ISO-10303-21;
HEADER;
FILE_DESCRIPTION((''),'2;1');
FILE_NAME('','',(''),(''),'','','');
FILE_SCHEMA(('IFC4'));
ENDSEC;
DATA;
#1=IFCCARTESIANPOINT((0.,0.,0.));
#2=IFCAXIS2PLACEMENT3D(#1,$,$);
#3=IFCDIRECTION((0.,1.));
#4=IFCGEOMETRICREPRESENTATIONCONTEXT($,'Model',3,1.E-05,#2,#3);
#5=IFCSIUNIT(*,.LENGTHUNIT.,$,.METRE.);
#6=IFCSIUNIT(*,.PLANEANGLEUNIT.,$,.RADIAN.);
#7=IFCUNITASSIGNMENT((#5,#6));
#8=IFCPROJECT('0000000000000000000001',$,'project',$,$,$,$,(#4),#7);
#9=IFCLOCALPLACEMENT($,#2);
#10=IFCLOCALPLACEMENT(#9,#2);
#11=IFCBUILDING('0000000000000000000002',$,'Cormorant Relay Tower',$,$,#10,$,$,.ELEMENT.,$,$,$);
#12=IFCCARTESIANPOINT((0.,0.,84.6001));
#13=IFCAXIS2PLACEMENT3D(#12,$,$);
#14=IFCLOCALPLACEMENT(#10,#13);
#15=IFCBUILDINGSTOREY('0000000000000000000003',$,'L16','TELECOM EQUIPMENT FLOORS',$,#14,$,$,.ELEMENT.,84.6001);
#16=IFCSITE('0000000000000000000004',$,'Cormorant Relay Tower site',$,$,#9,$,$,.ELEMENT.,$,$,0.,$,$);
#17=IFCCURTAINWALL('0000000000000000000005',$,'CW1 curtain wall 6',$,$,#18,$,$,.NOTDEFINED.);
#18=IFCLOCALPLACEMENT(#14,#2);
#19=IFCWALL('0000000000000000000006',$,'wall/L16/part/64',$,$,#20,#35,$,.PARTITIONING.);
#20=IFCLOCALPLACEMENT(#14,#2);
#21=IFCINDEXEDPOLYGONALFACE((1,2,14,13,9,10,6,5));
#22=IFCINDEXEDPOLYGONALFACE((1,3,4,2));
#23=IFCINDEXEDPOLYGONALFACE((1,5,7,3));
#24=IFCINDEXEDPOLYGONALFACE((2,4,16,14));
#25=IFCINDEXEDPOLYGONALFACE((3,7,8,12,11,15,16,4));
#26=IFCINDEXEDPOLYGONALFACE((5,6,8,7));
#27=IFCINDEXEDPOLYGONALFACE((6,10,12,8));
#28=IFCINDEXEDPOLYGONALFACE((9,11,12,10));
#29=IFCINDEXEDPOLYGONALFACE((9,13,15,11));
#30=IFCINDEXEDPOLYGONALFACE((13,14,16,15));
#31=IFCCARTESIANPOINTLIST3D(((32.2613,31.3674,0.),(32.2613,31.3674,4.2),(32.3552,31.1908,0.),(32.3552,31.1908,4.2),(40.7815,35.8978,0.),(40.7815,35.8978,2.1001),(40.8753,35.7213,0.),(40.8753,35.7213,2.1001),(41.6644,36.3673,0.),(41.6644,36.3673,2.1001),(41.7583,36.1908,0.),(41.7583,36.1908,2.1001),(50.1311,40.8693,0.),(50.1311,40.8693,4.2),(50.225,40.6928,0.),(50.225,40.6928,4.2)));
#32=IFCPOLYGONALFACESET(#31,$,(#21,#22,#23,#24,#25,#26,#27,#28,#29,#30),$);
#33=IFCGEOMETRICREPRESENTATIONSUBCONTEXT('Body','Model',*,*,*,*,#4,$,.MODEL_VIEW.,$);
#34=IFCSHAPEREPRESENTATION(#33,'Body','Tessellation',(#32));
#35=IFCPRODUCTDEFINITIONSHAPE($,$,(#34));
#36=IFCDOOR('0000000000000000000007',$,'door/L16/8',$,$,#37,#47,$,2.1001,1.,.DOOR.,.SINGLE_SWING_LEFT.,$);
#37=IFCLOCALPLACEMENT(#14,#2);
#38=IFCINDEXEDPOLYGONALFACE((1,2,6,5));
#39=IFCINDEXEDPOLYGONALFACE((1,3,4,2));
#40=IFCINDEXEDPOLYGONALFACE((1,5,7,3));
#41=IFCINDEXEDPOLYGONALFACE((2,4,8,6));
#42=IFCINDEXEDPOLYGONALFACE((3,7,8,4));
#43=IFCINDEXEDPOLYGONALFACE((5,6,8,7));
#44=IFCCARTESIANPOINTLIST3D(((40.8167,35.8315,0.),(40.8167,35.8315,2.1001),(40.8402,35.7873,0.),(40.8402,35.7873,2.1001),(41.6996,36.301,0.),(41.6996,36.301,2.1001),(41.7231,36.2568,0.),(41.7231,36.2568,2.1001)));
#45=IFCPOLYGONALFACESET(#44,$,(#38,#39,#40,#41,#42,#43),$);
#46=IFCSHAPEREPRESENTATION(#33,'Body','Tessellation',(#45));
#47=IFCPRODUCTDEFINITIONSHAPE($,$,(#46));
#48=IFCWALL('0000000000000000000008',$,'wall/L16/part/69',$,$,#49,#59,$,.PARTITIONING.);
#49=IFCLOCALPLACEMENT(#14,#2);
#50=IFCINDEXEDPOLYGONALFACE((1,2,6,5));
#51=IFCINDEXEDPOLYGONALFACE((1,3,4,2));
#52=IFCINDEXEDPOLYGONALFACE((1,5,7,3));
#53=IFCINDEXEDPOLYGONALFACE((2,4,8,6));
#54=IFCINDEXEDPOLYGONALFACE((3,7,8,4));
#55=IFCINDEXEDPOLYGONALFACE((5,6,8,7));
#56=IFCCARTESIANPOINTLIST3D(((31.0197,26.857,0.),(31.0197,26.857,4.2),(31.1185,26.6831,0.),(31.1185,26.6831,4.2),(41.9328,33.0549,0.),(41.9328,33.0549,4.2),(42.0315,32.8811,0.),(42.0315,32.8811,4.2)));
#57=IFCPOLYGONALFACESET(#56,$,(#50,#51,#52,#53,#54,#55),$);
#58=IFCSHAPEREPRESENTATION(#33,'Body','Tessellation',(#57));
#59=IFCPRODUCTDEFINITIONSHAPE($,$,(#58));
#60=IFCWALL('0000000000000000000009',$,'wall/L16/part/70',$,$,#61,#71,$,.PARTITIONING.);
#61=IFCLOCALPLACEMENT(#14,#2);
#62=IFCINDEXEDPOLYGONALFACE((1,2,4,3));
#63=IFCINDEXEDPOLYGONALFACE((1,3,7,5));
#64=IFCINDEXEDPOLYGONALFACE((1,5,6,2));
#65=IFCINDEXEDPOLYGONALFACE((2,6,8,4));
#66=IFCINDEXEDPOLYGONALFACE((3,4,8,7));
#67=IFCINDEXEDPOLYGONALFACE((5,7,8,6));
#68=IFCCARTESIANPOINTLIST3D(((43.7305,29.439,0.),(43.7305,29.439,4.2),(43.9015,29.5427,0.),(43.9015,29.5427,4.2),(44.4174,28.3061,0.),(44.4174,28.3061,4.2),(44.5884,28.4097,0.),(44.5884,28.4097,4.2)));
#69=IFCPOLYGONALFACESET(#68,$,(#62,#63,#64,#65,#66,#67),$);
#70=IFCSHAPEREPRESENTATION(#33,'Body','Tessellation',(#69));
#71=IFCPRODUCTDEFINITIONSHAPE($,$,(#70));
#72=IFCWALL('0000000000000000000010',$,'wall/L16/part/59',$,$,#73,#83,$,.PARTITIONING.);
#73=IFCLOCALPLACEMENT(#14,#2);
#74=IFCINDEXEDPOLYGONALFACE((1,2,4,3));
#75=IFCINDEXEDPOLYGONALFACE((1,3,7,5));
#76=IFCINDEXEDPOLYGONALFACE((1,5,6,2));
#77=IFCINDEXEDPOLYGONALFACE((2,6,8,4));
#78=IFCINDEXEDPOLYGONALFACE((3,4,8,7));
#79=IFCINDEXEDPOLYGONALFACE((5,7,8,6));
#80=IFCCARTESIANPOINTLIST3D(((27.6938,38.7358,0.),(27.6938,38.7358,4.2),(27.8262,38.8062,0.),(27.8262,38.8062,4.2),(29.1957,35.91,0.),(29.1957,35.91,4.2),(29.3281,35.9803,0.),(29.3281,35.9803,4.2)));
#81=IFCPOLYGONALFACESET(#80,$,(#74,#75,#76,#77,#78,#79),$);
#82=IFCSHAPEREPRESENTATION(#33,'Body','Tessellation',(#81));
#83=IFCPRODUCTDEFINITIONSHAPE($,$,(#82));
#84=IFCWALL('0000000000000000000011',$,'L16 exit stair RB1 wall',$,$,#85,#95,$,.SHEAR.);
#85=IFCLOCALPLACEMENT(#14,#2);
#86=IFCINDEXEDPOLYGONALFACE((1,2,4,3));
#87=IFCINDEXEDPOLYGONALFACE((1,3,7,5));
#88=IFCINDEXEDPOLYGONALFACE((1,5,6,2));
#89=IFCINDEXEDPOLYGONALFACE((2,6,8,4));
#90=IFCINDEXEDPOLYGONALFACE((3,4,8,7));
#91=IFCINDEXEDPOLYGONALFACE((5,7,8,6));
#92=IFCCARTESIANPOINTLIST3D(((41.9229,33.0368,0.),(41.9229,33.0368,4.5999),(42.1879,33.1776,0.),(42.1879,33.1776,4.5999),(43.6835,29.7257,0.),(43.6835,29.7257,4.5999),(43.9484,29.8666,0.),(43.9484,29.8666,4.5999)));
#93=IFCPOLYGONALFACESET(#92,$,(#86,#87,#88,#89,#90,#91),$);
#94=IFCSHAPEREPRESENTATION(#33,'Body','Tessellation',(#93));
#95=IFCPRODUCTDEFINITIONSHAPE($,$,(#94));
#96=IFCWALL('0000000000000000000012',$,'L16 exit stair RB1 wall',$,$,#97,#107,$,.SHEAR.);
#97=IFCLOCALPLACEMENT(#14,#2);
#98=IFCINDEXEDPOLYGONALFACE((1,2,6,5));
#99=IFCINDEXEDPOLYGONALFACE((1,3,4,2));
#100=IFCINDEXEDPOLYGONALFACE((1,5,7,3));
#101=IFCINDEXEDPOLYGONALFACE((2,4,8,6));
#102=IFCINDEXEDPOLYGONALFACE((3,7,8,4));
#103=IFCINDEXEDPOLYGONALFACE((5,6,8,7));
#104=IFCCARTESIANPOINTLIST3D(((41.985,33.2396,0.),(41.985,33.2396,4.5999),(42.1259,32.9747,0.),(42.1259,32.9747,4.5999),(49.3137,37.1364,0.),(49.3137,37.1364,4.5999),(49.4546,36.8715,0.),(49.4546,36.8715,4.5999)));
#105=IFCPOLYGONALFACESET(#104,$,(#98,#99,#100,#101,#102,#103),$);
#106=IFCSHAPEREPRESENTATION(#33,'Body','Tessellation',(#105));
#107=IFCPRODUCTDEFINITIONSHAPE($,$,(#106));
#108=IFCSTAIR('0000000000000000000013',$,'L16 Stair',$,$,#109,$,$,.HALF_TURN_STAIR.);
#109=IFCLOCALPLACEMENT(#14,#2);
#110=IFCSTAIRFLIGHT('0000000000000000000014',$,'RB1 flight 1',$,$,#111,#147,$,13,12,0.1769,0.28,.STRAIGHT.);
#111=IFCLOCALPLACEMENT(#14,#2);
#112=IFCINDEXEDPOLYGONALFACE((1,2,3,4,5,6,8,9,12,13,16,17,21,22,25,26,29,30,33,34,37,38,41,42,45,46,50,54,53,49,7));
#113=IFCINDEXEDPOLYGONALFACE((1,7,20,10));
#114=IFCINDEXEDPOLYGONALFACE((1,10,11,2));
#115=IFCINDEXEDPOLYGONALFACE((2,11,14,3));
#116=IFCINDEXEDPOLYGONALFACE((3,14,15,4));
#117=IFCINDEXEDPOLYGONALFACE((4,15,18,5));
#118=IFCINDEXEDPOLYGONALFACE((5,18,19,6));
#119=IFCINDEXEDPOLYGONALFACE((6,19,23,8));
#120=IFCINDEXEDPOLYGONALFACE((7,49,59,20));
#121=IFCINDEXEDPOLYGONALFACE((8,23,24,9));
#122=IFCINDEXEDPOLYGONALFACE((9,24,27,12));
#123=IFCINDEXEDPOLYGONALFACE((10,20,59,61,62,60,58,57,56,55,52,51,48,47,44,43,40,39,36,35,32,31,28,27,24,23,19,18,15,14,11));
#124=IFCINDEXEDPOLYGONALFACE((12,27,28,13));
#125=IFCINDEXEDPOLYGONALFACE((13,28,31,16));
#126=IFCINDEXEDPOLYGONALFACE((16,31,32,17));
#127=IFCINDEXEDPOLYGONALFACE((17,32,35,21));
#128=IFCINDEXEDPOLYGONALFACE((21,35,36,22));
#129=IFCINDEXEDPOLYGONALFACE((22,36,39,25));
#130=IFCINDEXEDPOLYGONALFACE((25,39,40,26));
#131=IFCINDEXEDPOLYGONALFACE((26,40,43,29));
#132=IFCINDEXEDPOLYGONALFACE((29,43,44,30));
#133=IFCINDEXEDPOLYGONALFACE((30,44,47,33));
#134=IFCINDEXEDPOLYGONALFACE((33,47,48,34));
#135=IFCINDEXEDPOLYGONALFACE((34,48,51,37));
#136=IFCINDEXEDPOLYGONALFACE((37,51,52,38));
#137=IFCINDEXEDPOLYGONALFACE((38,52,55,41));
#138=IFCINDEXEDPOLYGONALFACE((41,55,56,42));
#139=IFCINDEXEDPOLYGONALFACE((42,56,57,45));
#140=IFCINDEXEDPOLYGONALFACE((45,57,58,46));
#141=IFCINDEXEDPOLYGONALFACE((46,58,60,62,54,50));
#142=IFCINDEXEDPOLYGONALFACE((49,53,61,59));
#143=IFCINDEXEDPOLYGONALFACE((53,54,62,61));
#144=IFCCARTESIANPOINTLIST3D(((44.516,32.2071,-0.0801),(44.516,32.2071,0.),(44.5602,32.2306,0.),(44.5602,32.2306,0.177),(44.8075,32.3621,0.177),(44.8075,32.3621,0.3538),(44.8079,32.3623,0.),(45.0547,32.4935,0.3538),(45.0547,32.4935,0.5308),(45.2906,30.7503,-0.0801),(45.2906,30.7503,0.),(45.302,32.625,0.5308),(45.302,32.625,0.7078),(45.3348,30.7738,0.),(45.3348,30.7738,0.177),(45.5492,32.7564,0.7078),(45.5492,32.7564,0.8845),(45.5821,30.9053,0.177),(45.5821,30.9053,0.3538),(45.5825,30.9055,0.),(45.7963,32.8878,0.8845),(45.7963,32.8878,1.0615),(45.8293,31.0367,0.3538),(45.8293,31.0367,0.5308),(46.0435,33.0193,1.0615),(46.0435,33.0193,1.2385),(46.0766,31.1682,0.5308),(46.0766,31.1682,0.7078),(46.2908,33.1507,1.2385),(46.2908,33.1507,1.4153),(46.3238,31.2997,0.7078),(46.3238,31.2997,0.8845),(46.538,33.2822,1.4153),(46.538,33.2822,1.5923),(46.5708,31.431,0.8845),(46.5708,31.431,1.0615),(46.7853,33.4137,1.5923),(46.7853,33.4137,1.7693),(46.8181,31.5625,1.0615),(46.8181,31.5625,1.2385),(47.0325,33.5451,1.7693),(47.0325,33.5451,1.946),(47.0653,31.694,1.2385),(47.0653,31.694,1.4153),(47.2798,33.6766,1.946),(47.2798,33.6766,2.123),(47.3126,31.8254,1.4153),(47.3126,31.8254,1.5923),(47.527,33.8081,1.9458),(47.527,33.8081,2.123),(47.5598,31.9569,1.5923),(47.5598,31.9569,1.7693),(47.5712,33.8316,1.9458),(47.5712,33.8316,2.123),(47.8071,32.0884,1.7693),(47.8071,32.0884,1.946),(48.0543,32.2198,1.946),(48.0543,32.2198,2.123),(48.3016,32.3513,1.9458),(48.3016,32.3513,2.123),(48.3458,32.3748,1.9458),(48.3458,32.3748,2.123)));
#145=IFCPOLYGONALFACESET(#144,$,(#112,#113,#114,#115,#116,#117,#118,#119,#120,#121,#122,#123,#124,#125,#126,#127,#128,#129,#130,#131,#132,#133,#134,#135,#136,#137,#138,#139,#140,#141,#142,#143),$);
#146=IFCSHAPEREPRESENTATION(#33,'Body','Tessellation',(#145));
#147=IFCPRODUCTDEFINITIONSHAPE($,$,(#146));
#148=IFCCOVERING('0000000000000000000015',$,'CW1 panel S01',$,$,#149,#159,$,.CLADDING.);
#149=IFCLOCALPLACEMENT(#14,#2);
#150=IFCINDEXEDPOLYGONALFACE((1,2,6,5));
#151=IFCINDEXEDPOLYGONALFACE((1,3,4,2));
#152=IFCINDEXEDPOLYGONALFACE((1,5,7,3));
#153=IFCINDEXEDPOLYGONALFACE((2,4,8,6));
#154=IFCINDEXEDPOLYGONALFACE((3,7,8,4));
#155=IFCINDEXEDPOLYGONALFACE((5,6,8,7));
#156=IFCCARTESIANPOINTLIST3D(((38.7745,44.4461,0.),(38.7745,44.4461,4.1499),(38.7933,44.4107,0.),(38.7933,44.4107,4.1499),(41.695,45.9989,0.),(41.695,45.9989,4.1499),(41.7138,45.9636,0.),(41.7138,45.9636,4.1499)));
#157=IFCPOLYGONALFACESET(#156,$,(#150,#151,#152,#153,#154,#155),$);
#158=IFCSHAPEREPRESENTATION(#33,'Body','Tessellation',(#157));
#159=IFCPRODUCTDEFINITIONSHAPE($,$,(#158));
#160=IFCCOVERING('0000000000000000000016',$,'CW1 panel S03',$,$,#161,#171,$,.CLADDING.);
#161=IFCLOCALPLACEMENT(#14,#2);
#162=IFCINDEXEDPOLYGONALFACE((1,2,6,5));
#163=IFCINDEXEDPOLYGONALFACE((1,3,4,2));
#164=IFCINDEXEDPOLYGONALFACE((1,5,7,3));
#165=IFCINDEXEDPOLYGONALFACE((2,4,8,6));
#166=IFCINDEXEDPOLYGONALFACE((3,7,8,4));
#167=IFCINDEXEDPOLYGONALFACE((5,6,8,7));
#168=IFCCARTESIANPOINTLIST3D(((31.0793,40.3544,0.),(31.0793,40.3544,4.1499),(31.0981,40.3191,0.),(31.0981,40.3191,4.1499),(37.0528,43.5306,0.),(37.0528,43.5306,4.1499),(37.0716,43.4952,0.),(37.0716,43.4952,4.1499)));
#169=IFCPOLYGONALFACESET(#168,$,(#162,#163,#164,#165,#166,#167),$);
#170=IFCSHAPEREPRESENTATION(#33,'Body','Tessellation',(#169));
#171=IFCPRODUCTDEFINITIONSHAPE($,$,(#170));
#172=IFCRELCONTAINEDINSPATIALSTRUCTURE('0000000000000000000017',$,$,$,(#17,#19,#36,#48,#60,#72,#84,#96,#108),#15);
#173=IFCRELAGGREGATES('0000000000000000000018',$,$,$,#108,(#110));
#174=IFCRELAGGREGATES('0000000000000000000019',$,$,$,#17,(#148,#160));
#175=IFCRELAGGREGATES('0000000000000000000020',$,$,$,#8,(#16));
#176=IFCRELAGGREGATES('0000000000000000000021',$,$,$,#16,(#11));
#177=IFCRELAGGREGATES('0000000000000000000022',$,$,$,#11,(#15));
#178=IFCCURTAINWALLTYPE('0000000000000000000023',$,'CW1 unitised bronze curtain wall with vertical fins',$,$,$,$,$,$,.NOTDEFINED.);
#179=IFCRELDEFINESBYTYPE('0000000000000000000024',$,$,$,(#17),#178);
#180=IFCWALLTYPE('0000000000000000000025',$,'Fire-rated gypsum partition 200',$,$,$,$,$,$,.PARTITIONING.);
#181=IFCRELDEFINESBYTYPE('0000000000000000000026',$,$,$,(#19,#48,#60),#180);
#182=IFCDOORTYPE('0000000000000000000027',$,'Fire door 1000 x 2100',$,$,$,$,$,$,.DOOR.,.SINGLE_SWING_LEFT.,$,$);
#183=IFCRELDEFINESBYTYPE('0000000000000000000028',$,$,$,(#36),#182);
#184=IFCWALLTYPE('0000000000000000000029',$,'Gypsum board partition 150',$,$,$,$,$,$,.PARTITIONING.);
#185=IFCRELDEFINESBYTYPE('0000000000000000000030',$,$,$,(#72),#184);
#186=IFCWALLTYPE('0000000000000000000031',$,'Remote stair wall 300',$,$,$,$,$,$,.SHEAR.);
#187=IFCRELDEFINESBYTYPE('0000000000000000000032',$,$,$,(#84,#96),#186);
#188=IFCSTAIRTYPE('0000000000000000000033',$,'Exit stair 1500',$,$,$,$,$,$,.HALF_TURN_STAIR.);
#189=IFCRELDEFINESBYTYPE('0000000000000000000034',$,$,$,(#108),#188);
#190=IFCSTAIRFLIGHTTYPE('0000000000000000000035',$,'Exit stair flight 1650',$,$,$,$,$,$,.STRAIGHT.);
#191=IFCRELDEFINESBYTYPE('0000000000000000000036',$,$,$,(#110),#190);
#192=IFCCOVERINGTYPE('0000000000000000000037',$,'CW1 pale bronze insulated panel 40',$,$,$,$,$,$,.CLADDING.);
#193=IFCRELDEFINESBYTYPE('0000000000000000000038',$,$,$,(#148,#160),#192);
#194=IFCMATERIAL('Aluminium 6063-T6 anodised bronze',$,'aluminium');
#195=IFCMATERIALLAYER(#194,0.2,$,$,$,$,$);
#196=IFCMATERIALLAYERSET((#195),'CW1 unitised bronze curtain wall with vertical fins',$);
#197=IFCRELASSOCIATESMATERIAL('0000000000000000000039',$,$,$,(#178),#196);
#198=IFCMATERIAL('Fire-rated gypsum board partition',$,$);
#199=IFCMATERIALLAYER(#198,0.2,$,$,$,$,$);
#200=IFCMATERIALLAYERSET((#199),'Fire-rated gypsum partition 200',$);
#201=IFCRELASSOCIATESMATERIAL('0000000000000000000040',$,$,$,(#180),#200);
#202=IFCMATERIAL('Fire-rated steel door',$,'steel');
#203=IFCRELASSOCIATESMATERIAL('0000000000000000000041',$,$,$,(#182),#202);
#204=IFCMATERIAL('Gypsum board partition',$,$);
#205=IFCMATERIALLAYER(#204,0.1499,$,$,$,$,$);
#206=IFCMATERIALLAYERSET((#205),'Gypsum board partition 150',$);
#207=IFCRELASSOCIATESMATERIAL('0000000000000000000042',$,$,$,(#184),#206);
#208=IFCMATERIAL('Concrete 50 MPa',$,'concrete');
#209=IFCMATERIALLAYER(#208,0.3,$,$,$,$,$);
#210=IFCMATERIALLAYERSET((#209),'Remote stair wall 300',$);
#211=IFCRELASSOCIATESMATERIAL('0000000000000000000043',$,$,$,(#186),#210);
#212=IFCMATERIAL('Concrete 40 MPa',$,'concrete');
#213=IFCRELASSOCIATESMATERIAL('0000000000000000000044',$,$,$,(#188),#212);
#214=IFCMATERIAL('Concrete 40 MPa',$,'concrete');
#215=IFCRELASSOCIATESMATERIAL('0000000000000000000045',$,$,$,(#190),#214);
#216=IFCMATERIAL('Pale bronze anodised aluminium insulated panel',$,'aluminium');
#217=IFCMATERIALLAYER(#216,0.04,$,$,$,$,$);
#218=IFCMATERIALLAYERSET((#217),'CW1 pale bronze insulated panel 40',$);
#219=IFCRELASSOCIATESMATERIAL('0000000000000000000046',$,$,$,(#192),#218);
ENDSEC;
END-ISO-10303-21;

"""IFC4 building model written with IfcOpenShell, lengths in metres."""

from ifc_helpers import new_model, si_unit, direction, frame, frame_2d, origin, origin_2d, place, context, subcontext, project, spatial, polyline, rectangle, outline, extrude, material, layer, layer_set, type_object, element, fill, aggregate, save


model = new_model("IFC4")

# Units and contexts
model_context = context("Model", 3, precision=1e-05, world=origin(), true_north=direction((0.0, 1.0)))
body_context = subcontext(model_context, "Body", "Model", "MODEL_VIEW")
ifc_project = project(units=[si_unit("LENGTHUNIT", "METRE"), si_unit("PLANEANGLEUNIT", "RADIAN")], contexts=[model_context])

# Site, building, storey
site_placement = place(None, origin())
site = spatial("IfcSite", under=ifc_project, at=site_placement, Name="Cormorant Relay Tower site", CompositionType="ELEMENT", RefElevation=0.0)
building_placement = place(site_placement, origin())
building = spatial("IfcBuilding", under=site, at=building_placement, Name="Cormorant Relay Tower", CompositionType="ELEMENT")
storey_placement = place(building_placement, frame((0.0, 0.0, 84.6001)))
storey = spatial("IfcBuildingStorey", under=building, at=storey_placement, Name="L16", Description="TELECOM EQUIPMENT FLOORS", CompositionType="ELEMENT", Elevation=84.6001)

# Curtain wall
ifc_material_1 = material(Name="Aluminium 6063-T6 anodised bronze", Category="aluminium")
ifc_layer_1 = layer(ifc_material_1, 0.2)
ifc_layer_set_1 = layer_set([ifc_layer_1], Name="CW1 unitised bronze curtain wall with vertical fins")
curtain_wall_type = type_object("IfcCurtainWallType", Name="CW1 unitised bronze curtain wall with vertical fins", PredefinedType="NOTDEFINED", material=ifc_layer_set_1)
curtain_wall_placement = place(storey_placement, origin())
curtain_wall = element("IfcCurtainWall", 1, at=curtain_wall_placement, inside=storey, type_object=curtain_wall_type, Name="CW1 curtain wall 6", PredefinedType="NOTDEFINED")

# Shared definitions
ifc_material_2 = material(Name="Fire-rated gypsum board partition")
ifc_layer_2 = layer(ifc_material_2, 0.2)
ifc_layer_set_2 = layer_set([ifc_layer_2], Name="Fire-rated gypsum partition 200")
wall_type_1 = type_object("IfcWallType", Name="Fire-rated gypsum partition 200", PredefinedType="PARTITIONING", material=ifc_layer_set_2)

# Wall, opening, door
wall_1_placement = place(storey_placement, frame((32.3081, 31.2791, 0.0), z_axis=(0.0, 0.0, 1.0), x_axis=(0.88294, 0.469486, 0.0)))
wall_1 = element("IfcWall", 2, at=wall_1_placement, inside=storey, type_object=wall_type_1, Name="wall/L16/part/64", PredefinedType="PARTITIONING", context=body_context, shape_type="SweptSolid", body=[
    extrude(rectangle(XDim=20.239, YDim=0.2, at=frame_2d((10.1196, 0.0))), origin(), (0.0, 0.0, 1.0), 4.2),
])
opening_placement = place(wall_1_placement, frame((9.6499, 0.0, 0.0)))
opening = element("IfcOpeningElement", 3, at=opening_placement, cuts=wall_1, PredefinedType="OPENING", context=body_context, shape_type="SweptSolid", body=[
    extrude(rectangle(XDim=1.0, YDim=2.1001, at=frame_2d((0.5, 1.05))), frame((0.0, 0.1099, 0.0), z_axis=(0.0, -1.0, 0.0), x_axis=(1.0, 0.0, 0.0)), (0.0, 0.0, 1.0), 0.22),
])
ifc_material_3 = material(Name="Fire-rated steel door", Category="steel")
door_type = type_object("IfcDoorType", Name="Fire door 1000 x 2100", OperationType="SINGLE_SWING_LEFT", PredefinedType="DOOR", material=ifc_material_3)
door_placement = place(opening_placement, origin())
door = element("IfcDoor", 4, at=door_placement, inside=storey, type_object=door_type, Name="door/L16/8", OperationType="SINGLE_SWING_LEFT", OverallHeight=2.1001, OverallWidth=1.0, PredefinedType="DOOR", context=body_context, shape_type="SweptSolid", body=[
    extrude(rectangle(XDim=1.0, YDim=2.1001, at=frame_2d((0.5, 1.05))), frame((0.0, 0.0249, 0.0), z_axis=(0.0, -1.0, 0.0), x_axis=(1.0, 0.0, 0.0)), (0.0, 0.0, 1.0), 0.05),
])
fill(opening, door)

# Walls
wall_2_placement = place(storey_placement, frame((31.0691, 26.77, 0.0), z_axis=(0.0, 0.0, 1.0), x_axis=(0.869546, 0.493852, 0.0)))
element("IfcWall", 5, at=wall_2_placement, inside=storey, type_object=wall_type_1, Name="wall/L16/part/69", PredefinedType="PARTITIONING", context=body_context, shape_type="SweptSolid", body=[
    extrude(rectangle(XDim=12.5503, YDim=0.2, at=frame_2d((6.2751, 0.0))), origin(), (0.0, 0.0, 1.0), 4.2),
])
wall_3_placement = place(storey_placement, frame((43.8159, 29.491, 0.0), z_axis=(0.0, 0.0, 1.0), x_axis=(0.518473, -0.855094, 0.0)))
element("IfcWall", 6, at=wall_3_placement, inside=storey, type_object=wall_type_1, Name="wall/L16/part/70", PredefinedType="PARTITIONING", context=body_context, shape_type="SweptSolid", body=[
    extrude(rectangle(XDim=1.325, YDim=0.2, at=frame_2d((0.6626, 0.0))), origin(), (0.0, 0.0, 1.0), 4.2),
])
ifc_material_4 = material(Name="Gypsum board partition")
ifc_layer_3 = layer(ifc_material_4, 0.1499)
ifc_layer_set_3 = layer_set([ifc_layer_3], Name="Gypsum board partition 150")
wall_type_2 = type_object("IfcWallType", Name="Gypsum board partition 150", PredefinedType="PARTITIONING", material=ifc_layer_set_3)
wall_4_placement = place(storey_placement, frame((27.76, 38.771, 0.0), z_axis=(0.0, 0.0, 1.0), x_axis=(0.469321, -0.883028, 0.0)))
element("IfcWall", 7, at=wall_4_placement, inside=storey, type_object=wall_type_2, Name="wall/L16/part/59", PredefinedType="PARTITIONING", context=body_context, shape_type="SweptSolid", body=[
    extrude(rectangle(XDim=3.2002, YDim=0.1499, at=frame_2d((1.6001, 0.0))), origin(), (0.0, 0.0, 1.0), 4.2),
])
ifc_material_5 = material(Name="Concrete 50 MPa", Category="concrete")
ifc_layer_4 = layer(ifc_material_5, 0.3)
ifc_layer_set_4 = layer_set([ifc_layer_4], Name="Remote stair wall 300")
wall_type_3 = type_object("IfcWallType", Name="Remote stair wall 300", PredefinedType="SHEAR", material=ifc_layer_set_4)
wall_5_placement = place(storey_placement, frame((43.8159, 29.7961, 0.0), z_axis=(0.0, 0.0, 1.0), x_axis=(-0.469469, 0.882949, 0.0)))
element("IfcWall", 8, at=wall_5_placement, inside=storey, type_object=wall_type_3, Name="L16 exit stair RB1 wall", PredefinedType="SHEAR", context=body_context, shape_type="SweptSolid", body=[
    extrude(rectangle(XDim=3.75, YDim=0.3, at=frame_2d((1.875, 0.0))), origin(), (0.0, 0.0, 1.0), 4.5999),
])
wall_6_placement = place(storey_placement, frame((42.0554, 33.1072, 0.0), z_axis=(0.0, 0.0, 1.0), x_axis=(0.882946, 0.469475, 0.0)))
element("IfcWall", 9, at=wall_6_placement, inside=storey, type_object=wall_type_3, Name="L16 exit stair RB1 wall", PredefinedType="SHEAR", context=body_context, shape_type="SweptSolid", body=[
    extrude(rectangle(XDim=8.3003, YDim=0.3, at=frame_2d((4.1501, 0.0))), origin(), (0.0, 0.0, 1.0), 4.5999),
])

# Stair, stair flight
ifc_material_6 = material(Name="Concrete 40 MPa", Category="concrete")
stair_type = type_object("IfcStairType", Name="Exit stair 1500", PredefinedType="HALF_TURN_STAIR", material=ifc_material_6)
stair_placement = place(storey_placement, origin())
stair = element("IfcStair", 10, at=stair_placement, inside=storey, type_object=stair_type, Name="L16 Stair", PredefinedType="HALF_TURN_STAIR")
ifc_material_7 = material(Name="Concrete 40 MPa", Category="concrete")
stair_flight_type = type_object("IfcStairFlightType", Name="Exit stair flight 1650", PredefinedType="STRAIGHT", material=ifc_material_7)
stair_flight_placement = place(storey_placement, frame((44.9475, 31.5022, 0.0), z_axis=(0.0, 0.0, 1.0), x_axis=(0.882948, 0.469472, 0.0)))
stair_flight = element("IfcStairFlight", 11, at=stair_flight_placement, type_object=stair_flight_type, Name="RB1 flight 1", NumberOfRisers=13, NumberOfTreads=12, PredefinedType="STRAIGHT", RiserHeight=0.1769, TreadLength=0.28, context=body_context, shape_type="SweptSolid", body=[
    extrude(outline(polyline([(-0.05, -0.0801), (-0.05, 0.0), (0.0, 0.0), (0.0, 0.177), (0.28, 0.177), (0.28, 0.3538), (0.5601, 0.3538), (0.5601, 0.5308), (0.8401, 0.5308), (0.8401, 0.7078), (1.1201, 0.7078), (1.1201, 0.8845), (1.3999, 0.8845), (1.3999, 1.0615), (1.6799, 1.0615), (1.6799, 1.2385), (1.96, 1.2385), (1.96, 1.4153), (2.24, 1.4153), (2.24, 1.5923), (2.52, 1.5923), (2.52, 1.7693), (2.8, 1.7693), (2.8, 1.946), (3.0801, 1.946), (3.0801, 2.123), (3.3601, 2.123), (3.4102, 2.123), (3.4102, 1.9458), (3.3601, 1.9458), (0.2805, 0.0), (-0.05, -0.0801)])), frame((0.0, 0.825, 0.0), z_axis=(0.0, -1.0, 0.0), x_axis=(1.0, 0.0, 0.0)), (0.0, 0.0, 1.0), 1.6499),
])
aggregate(stair, [stair_flight])

# Coverings
ifc_material_8 = material(Name="Pale bronze anodised aluminium insulated panel", Category="aluminium")
ifc_layer_5 = layer(ifc_material_8, 0.04)
ifc_layer_set_5 = layer_set([ifc_layer_5], Name="CW1 pale bronze insulated panel 40")
covering_type = type_object("IfcCoveringType", Name="CW1 pale bronze insulated panel 40", PredefinedType="CLADDING", material=ifc_layer_set_5)
covering_1_placement = place(storey_placement, frame((40.2441, 45.2048, 0.0), z_axis=(0.0, 0.0, 1.0), x_axis=(-0.882948, -0.469472, 0.0)))
covering_1 = element("IfcCovering", 12, at=covering_1_placement, type_object=covering_type, Name="CW1 panel S01", PredefinedType="CLADDING", context=body_context, shape_type="SweptSolid", body=[
    extrude(rectangle(XDim=3.3076, YDim=0.04, at=origin_2d()), origin(), (0.0, 0.0, 1.0), 4.1499),
])
covering_2_placement = place(storey_placement, frame((34.0754, 41.9248, 0.0), z_axis=(0.0, 0.0, 1.0), x_axis=(-0.882948, -0.469472, 0.0)))
covering_2 = element("IfcCovering", 13, at=covering_2_placement, type_object=covering_type, Name="CW1 panel S03", PredefinedType="CLADDING", context=body_context, shape_type="SweptSolid", body=[
    extrude(rectangle(XDim=6.7654, YDim=0.04, at=origin_2d()), origin(), (0.0, 0.0, 1.0), 4.1499),
])
aggregate(curtain_wall, [covering_1, covering_2])

save(model, "model.ifc")
